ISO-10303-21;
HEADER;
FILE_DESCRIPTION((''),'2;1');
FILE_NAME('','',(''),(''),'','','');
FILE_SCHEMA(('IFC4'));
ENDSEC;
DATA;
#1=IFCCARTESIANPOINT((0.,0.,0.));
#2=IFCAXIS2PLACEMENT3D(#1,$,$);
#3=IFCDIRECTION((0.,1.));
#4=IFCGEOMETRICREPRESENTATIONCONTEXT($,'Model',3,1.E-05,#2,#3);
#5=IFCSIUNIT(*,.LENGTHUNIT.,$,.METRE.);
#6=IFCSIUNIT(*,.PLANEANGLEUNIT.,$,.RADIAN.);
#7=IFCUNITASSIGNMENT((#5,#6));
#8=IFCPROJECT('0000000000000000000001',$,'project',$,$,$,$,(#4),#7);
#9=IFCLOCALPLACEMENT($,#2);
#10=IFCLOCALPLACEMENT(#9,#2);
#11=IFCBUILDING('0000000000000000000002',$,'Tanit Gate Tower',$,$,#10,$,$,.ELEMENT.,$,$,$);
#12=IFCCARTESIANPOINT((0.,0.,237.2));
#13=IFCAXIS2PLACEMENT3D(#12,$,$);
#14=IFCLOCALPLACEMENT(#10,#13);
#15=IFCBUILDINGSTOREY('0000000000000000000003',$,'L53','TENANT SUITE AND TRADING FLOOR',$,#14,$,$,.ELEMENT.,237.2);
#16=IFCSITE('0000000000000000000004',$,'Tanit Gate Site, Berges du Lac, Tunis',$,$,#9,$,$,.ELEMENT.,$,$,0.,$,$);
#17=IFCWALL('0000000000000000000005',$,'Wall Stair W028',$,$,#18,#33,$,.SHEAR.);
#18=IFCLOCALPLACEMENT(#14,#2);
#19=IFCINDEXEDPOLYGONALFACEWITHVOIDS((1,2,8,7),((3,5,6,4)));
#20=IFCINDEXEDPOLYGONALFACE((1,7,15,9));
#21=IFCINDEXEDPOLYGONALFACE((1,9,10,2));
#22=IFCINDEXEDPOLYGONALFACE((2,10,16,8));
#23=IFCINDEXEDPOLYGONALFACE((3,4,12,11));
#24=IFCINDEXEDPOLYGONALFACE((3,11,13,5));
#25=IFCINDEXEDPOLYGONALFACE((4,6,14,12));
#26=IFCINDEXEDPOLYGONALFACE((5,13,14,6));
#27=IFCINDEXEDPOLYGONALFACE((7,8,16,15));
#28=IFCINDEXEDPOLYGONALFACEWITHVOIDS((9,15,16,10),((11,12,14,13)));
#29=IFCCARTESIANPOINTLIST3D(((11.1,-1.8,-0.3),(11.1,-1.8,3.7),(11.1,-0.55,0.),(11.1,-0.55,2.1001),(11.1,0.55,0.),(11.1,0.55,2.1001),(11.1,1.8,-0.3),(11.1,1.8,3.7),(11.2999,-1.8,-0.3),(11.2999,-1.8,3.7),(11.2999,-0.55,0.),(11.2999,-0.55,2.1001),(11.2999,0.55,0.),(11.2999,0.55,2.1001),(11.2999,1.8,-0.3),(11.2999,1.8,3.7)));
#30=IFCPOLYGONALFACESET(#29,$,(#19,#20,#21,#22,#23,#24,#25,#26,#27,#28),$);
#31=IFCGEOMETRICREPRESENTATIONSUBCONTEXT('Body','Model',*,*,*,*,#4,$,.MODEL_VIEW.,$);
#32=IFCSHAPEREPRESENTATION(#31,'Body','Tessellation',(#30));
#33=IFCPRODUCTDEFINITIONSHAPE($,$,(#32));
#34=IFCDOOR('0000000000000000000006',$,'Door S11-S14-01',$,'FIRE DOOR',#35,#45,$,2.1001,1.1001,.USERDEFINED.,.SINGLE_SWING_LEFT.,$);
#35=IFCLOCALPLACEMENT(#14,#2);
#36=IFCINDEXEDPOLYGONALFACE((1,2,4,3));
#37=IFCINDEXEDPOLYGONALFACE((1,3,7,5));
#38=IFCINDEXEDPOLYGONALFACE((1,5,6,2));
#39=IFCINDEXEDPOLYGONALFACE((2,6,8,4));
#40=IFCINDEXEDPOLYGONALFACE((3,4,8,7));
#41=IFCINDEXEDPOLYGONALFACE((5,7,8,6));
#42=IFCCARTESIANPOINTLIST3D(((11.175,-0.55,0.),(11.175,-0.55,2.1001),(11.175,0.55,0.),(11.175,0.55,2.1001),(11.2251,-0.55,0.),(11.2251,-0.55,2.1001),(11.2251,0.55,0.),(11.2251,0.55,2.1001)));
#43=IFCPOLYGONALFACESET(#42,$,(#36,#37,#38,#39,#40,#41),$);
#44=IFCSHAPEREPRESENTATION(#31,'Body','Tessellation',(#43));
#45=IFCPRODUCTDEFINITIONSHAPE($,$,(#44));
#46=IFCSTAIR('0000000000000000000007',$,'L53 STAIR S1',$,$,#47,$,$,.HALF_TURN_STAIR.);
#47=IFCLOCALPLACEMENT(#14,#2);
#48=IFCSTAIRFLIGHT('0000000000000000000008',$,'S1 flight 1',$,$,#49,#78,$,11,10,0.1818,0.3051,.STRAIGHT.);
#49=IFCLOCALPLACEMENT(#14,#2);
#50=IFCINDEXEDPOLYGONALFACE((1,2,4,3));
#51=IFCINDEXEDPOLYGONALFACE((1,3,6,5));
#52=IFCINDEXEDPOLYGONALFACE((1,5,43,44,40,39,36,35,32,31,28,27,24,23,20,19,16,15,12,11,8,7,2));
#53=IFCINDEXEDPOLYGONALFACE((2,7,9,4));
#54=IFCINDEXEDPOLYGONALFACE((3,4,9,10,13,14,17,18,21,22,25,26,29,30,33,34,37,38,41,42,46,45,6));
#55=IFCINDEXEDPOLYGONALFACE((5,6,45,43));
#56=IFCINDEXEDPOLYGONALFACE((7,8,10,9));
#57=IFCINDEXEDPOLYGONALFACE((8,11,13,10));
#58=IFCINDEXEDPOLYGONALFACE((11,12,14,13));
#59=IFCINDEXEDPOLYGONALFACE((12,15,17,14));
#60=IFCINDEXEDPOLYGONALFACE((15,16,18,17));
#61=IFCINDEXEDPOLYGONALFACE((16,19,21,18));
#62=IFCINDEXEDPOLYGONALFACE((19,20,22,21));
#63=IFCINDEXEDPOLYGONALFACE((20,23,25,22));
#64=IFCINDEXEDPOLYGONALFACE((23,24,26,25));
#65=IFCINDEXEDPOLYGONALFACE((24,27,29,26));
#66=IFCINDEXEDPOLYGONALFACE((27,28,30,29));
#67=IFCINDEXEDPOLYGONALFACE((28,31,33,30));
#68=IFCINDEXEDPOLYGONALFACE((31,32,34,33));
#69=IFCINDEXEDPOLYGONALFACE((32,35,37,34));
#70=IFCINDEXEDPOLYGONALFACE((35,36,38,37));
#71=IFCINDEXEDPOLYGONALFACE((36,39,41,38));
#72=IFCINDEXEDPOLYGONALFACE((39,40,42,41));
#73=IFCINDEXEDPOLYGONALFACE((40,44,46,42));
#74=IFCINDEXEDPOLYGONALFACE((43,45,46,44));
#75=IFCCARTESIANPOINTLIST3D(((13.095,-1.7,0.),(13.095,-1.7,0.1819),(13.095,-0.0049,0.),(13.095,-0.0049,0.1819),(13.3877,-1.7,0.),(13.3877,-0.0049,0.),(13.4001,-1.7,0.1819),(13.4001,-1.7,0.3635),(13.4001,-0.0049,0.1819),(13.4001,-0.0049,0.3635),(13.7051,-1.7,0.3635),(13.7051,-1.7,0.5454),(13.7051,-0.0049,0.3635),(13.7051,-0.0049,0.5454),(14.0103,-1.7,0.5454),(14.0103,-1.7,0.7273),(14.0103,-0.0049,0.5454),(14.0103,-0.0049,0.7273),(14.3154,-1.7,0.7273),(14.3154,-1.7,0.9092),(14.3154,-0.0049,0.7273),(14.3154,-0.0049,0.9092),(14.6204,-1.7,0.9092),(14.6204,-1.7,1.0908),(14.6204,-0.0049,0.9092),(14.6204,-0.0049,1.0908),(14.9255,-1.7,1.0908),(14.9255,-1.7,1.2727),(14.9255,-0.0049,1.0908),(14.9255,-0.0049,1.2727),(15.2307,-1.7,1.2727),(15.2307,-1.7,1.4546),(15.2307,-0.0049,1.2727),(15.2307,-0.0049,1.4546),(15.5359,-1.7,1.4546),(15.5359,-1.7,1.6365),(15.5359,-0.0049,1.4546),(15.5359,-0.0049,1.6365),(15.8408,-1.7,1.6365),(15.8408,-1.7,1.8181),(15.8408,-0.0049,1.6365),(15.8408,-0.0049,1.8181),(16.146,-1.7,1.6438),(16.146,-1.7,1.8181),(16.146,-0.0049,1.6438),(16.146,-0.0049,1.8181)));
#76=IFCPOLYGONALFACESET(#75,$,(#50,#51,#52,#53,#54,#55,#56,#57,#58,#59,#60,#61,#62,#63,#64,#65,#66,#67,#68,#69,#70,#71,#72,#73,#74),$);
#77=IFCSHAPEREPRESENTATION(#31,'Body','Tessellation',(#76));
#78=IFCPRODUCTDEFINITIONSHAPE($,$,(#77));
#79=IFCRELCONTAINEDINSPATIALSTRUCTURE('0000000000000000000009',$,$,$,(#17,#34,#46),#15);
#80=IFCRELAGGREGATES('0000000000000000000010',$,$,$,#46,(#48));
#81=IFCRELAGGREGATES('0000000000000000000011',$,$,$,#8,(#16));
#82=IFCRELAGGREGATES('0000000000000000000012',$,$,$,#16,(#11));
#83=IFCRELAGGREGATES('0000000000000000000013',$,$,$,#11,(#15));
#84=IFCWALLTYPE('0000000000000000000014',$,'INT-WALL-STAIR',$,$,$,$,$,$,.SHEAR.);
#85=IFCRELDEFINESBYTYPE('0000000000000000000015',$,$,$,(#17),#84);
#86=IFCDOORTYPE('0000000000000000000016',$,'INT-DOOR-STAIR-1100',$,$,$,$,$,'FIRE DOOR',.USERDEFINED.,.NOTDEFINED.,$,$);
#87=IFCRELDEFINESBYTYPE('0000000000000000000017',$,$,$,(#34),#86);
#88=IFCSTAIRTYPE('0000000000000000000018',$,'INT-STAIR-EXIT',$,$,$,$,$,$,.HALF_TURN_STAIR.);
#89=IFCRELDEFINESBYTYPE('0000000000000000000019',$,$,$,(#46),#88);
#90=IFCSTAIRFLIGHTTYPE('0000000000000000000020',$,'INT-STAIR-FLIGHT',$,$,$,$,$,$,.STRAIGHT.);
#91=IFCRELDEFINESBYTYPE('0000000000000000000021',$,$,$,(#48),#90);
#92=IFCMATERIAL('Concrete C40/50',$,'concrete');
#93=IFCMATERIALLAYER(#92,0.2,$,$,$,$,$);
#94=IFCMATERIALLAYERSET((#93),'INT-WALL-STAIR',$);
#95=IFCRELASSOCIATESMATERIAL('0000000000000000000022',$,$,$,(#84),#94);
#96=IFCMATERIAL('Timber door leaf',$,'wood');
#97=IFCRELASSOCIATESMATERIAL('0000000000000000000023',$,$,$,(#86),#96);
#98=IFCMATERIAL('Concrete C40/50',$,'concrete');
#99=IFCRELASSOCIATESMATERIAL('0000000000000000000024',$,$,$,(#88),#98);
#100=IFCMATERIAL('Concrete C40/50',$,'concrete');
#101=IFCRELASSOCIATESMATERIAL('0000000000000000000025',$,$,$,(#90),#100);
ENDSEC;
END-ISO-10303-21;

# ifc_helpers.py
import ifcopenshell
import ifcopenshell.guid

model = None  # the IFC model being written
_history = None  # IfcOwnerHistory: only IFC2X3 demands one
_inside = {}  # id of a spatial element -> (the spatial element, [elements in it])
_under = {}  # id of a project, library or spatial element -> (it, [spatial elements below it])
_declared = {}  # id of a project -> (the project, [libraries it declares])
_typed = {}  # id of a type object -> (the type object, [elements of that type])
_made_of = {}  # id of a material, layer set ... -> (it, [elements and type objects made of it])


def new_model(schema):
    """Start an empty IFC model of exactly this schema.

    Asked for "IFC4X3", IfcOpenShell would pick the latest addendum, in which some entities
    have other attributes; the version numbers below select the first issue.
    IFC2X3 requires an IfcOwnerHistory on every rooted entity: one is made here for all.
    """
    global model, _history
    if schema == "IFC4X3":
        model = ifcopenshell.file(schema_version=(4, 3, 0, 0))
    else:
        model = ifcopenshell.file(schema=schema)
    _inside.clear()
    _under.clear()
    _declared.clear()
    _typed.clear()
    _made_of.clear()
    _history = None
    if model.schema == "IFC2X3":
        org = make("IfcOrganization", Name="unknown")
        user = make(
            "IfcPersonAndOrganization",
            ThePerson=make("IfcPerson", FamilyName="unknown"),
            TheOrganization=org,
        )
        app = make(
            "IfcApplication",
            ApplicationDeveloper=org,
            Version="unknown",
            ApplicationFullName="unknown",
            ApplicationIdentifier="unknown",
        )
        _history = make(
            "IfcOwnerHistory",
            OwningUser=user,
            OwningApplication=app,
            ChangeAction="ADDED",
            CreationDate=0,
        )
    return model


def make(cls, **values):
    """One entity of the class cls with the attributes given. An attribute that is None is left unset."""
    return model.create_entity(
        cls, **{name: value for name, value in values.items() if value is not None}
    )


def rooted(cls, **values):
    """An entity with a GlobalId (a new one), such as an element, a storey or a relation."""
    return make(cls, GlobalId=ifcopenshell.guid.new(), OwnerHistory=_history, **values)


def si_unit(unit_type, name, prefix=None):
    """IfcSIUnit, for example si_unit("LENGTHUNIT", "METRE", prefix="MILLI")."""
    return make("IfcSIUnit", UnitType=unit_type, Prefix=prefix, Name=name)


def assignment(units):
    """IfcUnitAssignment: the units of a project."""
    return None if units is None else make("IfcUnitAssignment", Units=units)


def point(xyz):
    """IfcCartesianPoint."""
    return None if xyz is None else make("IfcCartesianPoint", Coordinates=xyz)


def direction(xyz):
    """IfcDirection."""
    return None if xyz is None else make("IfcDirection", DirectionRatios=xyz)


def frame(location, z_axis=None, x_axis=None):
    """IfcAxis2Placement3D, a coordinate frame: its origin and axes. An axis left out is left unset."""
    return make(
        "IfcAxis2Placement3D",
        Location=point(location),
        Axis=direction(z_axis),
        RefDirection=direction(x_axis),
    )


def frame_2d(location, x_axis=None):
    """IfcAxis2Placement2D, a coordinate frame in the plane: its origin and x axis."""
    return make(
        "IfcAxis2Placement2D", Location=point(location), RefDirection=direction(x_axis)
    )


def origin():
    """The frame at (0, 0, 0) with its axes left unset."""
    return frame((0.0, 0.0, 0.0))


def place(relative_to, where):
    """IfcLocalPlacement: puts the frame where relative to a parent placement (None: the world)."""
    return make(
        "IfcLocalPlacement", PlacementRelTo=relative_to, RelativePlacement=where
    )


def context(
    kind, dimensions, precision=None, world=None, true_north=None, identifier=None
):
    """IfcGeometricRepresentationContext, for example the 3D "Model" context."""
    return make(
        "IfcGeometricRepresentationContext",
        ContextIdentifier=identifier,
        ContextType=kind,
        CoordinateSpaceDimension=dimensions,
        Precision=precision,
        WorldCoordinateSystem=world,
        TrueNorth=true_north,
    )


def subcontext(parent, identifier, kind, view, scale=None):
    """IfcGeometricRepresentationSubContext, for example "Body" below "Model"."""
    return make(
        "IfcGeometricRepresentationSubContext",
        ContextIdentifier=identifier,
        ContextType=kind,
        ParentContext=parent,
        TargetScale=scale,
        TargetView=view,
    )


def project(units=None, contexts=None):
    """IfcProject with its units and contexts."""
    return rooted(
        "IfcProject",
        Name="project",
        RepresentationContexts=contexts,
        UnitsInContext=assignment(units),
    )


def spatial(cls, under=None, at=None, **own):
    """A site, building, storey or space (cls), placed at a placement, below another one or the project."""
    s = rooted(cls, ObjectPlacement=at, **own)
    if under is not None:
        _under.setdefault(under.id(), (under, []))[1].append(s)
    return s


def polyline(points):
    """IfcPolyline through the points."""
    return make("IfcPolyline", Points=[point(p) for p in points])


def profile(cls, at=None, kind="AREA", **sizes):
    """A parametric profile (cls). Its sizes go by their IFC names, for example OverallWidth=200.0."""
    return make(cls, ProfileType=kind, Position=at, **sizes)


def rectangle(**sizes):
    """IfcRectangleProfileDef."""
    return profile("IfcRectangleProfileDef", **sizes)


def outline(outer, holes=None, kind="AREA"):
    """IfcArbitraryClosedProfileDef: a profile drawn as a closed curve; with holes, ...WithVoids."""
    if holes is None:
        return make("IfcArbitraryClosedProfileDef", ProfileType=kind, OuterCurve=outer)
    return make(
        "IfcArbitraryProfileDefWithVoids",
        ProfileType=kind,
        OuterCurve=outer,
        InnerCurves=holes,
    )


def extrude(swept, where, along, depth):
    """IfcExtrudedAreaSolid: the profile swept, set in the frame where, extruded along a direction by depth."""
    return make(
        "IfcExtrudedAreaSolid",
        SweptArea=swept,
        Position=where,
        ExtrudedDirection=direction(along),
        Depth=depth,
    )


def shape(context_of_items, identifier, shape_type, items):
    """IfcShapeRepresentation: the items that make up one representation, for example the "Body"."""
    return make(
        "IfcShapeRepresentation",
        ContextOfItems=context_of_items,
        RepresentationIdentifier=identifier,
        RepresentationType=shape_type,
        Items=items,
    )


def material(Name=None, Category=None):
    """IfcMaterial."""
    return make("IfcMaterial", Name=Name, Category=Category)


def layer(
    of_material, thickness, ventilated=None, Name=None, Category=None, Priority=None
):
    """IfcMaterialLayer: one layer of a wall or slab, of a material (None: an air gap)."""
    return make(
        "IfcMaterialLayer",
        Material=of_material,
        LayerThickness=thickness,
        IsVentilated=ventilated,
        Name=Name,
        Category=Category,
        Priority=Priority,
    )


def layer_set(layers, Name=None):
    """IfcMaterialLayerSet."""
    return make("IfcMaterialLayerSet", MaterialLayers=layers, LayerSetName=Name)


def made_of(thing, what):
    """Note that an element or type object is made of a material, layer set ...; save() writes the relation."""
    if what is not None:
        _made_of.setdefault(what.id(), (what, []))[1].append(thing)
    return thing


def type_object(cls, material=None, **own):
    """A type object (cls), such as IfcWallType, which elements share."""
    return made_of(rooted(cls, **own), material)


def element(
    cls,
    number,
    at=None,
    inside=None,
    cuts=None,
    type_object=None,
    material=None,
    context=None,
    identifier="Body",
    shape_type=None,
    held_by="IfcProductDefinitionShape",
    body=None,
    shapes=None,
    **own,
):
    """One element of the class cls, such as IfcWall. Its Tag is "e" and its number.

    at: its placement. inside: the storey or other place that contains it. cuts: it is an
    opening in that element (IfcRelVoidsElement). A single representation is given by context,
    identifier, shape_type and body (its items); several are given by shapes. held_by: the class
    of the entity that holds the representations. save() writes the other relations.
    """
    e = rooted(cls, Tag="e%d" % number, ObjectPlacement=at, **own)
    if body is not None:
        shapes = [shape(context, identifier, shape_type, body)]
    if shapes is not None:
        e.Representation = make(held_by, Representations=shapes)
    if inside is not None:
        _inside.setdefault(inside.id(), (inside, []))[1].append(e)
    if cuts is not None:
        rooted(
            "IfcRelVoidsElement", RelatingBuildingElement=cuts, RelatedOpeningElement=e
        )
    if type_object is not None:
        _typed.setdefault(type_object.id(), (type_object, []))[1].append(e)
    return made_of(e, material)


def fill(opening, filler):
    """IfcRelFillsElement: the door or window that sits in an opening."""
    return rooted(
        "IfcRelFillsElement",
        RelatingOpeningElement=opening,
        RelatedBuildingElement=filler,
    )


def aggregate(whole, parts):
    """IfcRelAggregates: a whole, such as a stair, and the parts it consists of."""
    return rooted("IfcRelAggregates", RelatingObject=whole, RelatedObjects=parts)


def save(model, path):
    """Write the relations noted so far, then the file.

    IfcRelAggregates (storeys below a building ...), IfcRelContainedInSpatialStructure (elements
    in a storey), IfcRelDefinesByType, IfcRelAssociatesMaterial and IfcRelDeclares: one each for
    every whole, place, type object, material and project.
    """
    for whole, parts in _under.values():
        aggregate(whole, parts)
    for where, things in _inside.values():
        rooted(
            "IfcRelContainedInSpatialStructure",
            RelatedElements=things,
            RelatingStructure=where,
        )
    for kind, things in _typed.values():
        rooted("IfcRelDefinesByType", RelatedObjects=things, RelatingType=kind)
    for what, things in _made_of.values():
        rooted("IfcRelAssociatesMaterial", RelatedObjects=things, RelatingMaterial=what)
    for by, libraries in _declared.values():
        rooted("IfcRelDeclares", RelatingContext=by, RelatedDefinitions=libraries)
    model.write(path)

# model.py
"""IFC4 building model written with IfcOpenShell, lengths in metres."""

from ifc_helpers import new_model, si_unit, direction, frame, frame_2d, origin, place, context, subcontext, project, spatial, polyline, rectangle, outline, extrude, material, layer, layer_set, type_object, element, fill, aggregate, save


model = new_model("IFC4")

# Units and contexts
model_context = context("Model", 3, precision=1e-05, world=origin(), true_north=direction((0.0, 1.0)))
body_context = subcontext(model_context, "Body", "Model", "MODEL_VIEW")
ifc_project = project(units=[si_unit("LENGTHUNIT", "METRE"), si_unit("PLANEANGLEUNIT", "RADIAN")], contexts=[model_context])

# Site, building, storey
site_placement = place(None, origin())
site = spatial("IfcSite", under=ifc_project, at=site_placement, Name="Tanit Gate Site, Berges du Lac, Tunis", CompositionType="ELEMENT", RefElevation=0.0)
building_placement = place(site_placement, origin())
building = spatial("IfcBuilding", under=site, at=building_placement, Name="Tanit Gate Tower", CompositionType="ELEMENT")
storey_placement = place(building_placement, frame((0.0, 0.0, 237.2)))
storey = spatial("IfcBuildingStorey", under=building, at=storey_placement, Name="L53", Description="TENANT SUITE AND TRADING FLOOR", CompositionType="ELEMENT", Elevation=237.2)

# Shared definitions
ifc_material_1 = material(Name="Concrete C40/50", Category="concrete")
ifc_layer_1 = layer(ifc_material_1, 0.2)
ifc_layer_set_1 = layer_set([ifc_layer_1], Name="INT-WALL-STAIR")
wall_type_1 = type_object("IfcWallType", Name="INT-WALL-STAIR", PredefinedType="SHEAR", material=ifc_layer_set_1)

# Wall, opening, door
wall_1_placement = place(storey_placement, frame((11.2, -1.8, -0.3), z_axis=(0.0, 0.0, 1.0), x_axis=(0.0, 1.0, 0.0)))
wall_1 = element("IfcWall", 1, at=wall_1_placement, inside=storey, type_object=wall_type_1, Name="Wall Stair W028", PredefinedType="SHEAR", context=body_context, shape_type="SweptSolid", body=[
    extrude(rectangle(XDim=3.6001, YDim=0.2, at=frame_2d((1.8, 0.0))), origin(), (0.0, 0.0, 1.0), 4.0),
])
opening_1_placement = place(wall_1_placement, frame((1.25, 0.0, 0.3)))
opening_1 = element("IfcOpeningElement", 2, at=opening_1_placement, cuts=wall_1, PredefinedType="OPENING", context=body_context, shape_type="SweptSolid", body=[
    extrude(rectangle(XDim=1.1001, YDim=2.1001, at=frame_2d((0.55, 1.05))), frame((0.0, 0.1099, 0.0), z_axis=(0.0, -1.0, 0.0), x_axis=(1.0, 0.0, 0.0)), (0.0, 0.0, 1.0), 0.22),
])
ifc_material_2 = material(Name="Timber door leaf", Category="wood")
door_type_1 = type_object("IfcDoorType", Name="INT-DOOR-STAIR-1100", ElementType="FIRE DOOR", OperationType="NOTDEFINED", PredefinedType="USERDEFINED", material=ifc_material_2)
door_1_placement = place(opening_1_placement, origin())
door_1 = element("IfcDoor", 3, at=door_1_placement, inside=storey, type_object=door_type_1, Name="Door S11-S14-01", ObjectType="FIRE DOOR", OperationType="SINGLE_SWING_LEFT", OverallHeight=2.1001, OverallWidth=1.1001, PredefinedType="USERDEFINED", context=body_context, shape_type="SweptSolid", body=[
    extrude(rectangle(XDim=1.1001, YDim=2.1001, at=frame_2d((0.55, 1.05))), frame((0.0, 0.0249, 0.0), z_axis=(0.0, -1.0, 0.0), x_axis=(1.0, 0.0, 0.0)), (0.0, 0.0, 1.0), 0.05),
])
fill(opening_1, door_1)

# Stair, stair flight
ifc_material_3 = material(Name="Concrete C40/50", Category="concrete")
stair_type = type_object("IfcStairType", Name="INT-STAIR-EXIT", PredefinedType="HALF_TURN_STAIR", material=ifc_material_3)
stair_placement = place(storey_placement, origin())
stair = element("IfcStair", 4, at=stair_placement, inside=storey, type_object=stair_type, Name="L53 STAIR S1", PredefinedType="HALF_TURN_STAIR")
ifc_material_4 = material(Name="Concrete C40/50", Category="concrete")
stair_flight_type = type_object("IfcStairFlightType", Name="INT-STAIR-FLIGHT", PredefinedType="STRAIGHT", material=ifc_material_4)
stair_flight_placement = place(storey_placement, frame((13.095, -0.8525, 0.0), z_axis=(0.0, 0.0, 1.0), x_axis=(1.0, 0.0, 0.0)))
stair_flight = element("IfcStairFlight", 5, at=stair_flight_placement, type_object=stair_flight_type, Name="S1 flight 1", NumberOfRisers=11, NumberOfTreads=10, PredefinedType="STRAIGHT", RiserHeight=0.1818, TreadLength=0.3051, context=body_context, shape_type="SweptSolid", body=[
    extrude(outline(polyline([(0.0, 0.0), (0.0, 0.1819), (0.3052, 0.1819), (0.3052, 0.3635), (0.6101, 0.3635), (0.6101, 0.5454), (0.9153, 0.5454), (0.9153, 0.7273), (1.2205, 0.7273), (1.2205, 0.9092), (1.5254, 0.9092), (1.5254, 1.0908), (1.8306, 1.0908), (1.8306, 1.2727), (2.1357, 1.2727), (2.1357, 1.4546), (2.4409, 1.4546), (2.4409, 1.6365), (2.7458, 1.6365), (2.7458, 1.8181), (3.051, 1.8181), (3.051, 2.0), (3.051, 1.6438), (0.2927, 0.0), (0.0, 0.0)])), frame((0.0, 0.8477, 0.0), z_axis=(0.0, -1.0, 0.0), x_axis=(1.0, 0.0, 0.0)), (0.0, 0.0, 1.0), 1.6951),
])
aggregate(stair, [stair_flight])

save(model, "model.ifc")
